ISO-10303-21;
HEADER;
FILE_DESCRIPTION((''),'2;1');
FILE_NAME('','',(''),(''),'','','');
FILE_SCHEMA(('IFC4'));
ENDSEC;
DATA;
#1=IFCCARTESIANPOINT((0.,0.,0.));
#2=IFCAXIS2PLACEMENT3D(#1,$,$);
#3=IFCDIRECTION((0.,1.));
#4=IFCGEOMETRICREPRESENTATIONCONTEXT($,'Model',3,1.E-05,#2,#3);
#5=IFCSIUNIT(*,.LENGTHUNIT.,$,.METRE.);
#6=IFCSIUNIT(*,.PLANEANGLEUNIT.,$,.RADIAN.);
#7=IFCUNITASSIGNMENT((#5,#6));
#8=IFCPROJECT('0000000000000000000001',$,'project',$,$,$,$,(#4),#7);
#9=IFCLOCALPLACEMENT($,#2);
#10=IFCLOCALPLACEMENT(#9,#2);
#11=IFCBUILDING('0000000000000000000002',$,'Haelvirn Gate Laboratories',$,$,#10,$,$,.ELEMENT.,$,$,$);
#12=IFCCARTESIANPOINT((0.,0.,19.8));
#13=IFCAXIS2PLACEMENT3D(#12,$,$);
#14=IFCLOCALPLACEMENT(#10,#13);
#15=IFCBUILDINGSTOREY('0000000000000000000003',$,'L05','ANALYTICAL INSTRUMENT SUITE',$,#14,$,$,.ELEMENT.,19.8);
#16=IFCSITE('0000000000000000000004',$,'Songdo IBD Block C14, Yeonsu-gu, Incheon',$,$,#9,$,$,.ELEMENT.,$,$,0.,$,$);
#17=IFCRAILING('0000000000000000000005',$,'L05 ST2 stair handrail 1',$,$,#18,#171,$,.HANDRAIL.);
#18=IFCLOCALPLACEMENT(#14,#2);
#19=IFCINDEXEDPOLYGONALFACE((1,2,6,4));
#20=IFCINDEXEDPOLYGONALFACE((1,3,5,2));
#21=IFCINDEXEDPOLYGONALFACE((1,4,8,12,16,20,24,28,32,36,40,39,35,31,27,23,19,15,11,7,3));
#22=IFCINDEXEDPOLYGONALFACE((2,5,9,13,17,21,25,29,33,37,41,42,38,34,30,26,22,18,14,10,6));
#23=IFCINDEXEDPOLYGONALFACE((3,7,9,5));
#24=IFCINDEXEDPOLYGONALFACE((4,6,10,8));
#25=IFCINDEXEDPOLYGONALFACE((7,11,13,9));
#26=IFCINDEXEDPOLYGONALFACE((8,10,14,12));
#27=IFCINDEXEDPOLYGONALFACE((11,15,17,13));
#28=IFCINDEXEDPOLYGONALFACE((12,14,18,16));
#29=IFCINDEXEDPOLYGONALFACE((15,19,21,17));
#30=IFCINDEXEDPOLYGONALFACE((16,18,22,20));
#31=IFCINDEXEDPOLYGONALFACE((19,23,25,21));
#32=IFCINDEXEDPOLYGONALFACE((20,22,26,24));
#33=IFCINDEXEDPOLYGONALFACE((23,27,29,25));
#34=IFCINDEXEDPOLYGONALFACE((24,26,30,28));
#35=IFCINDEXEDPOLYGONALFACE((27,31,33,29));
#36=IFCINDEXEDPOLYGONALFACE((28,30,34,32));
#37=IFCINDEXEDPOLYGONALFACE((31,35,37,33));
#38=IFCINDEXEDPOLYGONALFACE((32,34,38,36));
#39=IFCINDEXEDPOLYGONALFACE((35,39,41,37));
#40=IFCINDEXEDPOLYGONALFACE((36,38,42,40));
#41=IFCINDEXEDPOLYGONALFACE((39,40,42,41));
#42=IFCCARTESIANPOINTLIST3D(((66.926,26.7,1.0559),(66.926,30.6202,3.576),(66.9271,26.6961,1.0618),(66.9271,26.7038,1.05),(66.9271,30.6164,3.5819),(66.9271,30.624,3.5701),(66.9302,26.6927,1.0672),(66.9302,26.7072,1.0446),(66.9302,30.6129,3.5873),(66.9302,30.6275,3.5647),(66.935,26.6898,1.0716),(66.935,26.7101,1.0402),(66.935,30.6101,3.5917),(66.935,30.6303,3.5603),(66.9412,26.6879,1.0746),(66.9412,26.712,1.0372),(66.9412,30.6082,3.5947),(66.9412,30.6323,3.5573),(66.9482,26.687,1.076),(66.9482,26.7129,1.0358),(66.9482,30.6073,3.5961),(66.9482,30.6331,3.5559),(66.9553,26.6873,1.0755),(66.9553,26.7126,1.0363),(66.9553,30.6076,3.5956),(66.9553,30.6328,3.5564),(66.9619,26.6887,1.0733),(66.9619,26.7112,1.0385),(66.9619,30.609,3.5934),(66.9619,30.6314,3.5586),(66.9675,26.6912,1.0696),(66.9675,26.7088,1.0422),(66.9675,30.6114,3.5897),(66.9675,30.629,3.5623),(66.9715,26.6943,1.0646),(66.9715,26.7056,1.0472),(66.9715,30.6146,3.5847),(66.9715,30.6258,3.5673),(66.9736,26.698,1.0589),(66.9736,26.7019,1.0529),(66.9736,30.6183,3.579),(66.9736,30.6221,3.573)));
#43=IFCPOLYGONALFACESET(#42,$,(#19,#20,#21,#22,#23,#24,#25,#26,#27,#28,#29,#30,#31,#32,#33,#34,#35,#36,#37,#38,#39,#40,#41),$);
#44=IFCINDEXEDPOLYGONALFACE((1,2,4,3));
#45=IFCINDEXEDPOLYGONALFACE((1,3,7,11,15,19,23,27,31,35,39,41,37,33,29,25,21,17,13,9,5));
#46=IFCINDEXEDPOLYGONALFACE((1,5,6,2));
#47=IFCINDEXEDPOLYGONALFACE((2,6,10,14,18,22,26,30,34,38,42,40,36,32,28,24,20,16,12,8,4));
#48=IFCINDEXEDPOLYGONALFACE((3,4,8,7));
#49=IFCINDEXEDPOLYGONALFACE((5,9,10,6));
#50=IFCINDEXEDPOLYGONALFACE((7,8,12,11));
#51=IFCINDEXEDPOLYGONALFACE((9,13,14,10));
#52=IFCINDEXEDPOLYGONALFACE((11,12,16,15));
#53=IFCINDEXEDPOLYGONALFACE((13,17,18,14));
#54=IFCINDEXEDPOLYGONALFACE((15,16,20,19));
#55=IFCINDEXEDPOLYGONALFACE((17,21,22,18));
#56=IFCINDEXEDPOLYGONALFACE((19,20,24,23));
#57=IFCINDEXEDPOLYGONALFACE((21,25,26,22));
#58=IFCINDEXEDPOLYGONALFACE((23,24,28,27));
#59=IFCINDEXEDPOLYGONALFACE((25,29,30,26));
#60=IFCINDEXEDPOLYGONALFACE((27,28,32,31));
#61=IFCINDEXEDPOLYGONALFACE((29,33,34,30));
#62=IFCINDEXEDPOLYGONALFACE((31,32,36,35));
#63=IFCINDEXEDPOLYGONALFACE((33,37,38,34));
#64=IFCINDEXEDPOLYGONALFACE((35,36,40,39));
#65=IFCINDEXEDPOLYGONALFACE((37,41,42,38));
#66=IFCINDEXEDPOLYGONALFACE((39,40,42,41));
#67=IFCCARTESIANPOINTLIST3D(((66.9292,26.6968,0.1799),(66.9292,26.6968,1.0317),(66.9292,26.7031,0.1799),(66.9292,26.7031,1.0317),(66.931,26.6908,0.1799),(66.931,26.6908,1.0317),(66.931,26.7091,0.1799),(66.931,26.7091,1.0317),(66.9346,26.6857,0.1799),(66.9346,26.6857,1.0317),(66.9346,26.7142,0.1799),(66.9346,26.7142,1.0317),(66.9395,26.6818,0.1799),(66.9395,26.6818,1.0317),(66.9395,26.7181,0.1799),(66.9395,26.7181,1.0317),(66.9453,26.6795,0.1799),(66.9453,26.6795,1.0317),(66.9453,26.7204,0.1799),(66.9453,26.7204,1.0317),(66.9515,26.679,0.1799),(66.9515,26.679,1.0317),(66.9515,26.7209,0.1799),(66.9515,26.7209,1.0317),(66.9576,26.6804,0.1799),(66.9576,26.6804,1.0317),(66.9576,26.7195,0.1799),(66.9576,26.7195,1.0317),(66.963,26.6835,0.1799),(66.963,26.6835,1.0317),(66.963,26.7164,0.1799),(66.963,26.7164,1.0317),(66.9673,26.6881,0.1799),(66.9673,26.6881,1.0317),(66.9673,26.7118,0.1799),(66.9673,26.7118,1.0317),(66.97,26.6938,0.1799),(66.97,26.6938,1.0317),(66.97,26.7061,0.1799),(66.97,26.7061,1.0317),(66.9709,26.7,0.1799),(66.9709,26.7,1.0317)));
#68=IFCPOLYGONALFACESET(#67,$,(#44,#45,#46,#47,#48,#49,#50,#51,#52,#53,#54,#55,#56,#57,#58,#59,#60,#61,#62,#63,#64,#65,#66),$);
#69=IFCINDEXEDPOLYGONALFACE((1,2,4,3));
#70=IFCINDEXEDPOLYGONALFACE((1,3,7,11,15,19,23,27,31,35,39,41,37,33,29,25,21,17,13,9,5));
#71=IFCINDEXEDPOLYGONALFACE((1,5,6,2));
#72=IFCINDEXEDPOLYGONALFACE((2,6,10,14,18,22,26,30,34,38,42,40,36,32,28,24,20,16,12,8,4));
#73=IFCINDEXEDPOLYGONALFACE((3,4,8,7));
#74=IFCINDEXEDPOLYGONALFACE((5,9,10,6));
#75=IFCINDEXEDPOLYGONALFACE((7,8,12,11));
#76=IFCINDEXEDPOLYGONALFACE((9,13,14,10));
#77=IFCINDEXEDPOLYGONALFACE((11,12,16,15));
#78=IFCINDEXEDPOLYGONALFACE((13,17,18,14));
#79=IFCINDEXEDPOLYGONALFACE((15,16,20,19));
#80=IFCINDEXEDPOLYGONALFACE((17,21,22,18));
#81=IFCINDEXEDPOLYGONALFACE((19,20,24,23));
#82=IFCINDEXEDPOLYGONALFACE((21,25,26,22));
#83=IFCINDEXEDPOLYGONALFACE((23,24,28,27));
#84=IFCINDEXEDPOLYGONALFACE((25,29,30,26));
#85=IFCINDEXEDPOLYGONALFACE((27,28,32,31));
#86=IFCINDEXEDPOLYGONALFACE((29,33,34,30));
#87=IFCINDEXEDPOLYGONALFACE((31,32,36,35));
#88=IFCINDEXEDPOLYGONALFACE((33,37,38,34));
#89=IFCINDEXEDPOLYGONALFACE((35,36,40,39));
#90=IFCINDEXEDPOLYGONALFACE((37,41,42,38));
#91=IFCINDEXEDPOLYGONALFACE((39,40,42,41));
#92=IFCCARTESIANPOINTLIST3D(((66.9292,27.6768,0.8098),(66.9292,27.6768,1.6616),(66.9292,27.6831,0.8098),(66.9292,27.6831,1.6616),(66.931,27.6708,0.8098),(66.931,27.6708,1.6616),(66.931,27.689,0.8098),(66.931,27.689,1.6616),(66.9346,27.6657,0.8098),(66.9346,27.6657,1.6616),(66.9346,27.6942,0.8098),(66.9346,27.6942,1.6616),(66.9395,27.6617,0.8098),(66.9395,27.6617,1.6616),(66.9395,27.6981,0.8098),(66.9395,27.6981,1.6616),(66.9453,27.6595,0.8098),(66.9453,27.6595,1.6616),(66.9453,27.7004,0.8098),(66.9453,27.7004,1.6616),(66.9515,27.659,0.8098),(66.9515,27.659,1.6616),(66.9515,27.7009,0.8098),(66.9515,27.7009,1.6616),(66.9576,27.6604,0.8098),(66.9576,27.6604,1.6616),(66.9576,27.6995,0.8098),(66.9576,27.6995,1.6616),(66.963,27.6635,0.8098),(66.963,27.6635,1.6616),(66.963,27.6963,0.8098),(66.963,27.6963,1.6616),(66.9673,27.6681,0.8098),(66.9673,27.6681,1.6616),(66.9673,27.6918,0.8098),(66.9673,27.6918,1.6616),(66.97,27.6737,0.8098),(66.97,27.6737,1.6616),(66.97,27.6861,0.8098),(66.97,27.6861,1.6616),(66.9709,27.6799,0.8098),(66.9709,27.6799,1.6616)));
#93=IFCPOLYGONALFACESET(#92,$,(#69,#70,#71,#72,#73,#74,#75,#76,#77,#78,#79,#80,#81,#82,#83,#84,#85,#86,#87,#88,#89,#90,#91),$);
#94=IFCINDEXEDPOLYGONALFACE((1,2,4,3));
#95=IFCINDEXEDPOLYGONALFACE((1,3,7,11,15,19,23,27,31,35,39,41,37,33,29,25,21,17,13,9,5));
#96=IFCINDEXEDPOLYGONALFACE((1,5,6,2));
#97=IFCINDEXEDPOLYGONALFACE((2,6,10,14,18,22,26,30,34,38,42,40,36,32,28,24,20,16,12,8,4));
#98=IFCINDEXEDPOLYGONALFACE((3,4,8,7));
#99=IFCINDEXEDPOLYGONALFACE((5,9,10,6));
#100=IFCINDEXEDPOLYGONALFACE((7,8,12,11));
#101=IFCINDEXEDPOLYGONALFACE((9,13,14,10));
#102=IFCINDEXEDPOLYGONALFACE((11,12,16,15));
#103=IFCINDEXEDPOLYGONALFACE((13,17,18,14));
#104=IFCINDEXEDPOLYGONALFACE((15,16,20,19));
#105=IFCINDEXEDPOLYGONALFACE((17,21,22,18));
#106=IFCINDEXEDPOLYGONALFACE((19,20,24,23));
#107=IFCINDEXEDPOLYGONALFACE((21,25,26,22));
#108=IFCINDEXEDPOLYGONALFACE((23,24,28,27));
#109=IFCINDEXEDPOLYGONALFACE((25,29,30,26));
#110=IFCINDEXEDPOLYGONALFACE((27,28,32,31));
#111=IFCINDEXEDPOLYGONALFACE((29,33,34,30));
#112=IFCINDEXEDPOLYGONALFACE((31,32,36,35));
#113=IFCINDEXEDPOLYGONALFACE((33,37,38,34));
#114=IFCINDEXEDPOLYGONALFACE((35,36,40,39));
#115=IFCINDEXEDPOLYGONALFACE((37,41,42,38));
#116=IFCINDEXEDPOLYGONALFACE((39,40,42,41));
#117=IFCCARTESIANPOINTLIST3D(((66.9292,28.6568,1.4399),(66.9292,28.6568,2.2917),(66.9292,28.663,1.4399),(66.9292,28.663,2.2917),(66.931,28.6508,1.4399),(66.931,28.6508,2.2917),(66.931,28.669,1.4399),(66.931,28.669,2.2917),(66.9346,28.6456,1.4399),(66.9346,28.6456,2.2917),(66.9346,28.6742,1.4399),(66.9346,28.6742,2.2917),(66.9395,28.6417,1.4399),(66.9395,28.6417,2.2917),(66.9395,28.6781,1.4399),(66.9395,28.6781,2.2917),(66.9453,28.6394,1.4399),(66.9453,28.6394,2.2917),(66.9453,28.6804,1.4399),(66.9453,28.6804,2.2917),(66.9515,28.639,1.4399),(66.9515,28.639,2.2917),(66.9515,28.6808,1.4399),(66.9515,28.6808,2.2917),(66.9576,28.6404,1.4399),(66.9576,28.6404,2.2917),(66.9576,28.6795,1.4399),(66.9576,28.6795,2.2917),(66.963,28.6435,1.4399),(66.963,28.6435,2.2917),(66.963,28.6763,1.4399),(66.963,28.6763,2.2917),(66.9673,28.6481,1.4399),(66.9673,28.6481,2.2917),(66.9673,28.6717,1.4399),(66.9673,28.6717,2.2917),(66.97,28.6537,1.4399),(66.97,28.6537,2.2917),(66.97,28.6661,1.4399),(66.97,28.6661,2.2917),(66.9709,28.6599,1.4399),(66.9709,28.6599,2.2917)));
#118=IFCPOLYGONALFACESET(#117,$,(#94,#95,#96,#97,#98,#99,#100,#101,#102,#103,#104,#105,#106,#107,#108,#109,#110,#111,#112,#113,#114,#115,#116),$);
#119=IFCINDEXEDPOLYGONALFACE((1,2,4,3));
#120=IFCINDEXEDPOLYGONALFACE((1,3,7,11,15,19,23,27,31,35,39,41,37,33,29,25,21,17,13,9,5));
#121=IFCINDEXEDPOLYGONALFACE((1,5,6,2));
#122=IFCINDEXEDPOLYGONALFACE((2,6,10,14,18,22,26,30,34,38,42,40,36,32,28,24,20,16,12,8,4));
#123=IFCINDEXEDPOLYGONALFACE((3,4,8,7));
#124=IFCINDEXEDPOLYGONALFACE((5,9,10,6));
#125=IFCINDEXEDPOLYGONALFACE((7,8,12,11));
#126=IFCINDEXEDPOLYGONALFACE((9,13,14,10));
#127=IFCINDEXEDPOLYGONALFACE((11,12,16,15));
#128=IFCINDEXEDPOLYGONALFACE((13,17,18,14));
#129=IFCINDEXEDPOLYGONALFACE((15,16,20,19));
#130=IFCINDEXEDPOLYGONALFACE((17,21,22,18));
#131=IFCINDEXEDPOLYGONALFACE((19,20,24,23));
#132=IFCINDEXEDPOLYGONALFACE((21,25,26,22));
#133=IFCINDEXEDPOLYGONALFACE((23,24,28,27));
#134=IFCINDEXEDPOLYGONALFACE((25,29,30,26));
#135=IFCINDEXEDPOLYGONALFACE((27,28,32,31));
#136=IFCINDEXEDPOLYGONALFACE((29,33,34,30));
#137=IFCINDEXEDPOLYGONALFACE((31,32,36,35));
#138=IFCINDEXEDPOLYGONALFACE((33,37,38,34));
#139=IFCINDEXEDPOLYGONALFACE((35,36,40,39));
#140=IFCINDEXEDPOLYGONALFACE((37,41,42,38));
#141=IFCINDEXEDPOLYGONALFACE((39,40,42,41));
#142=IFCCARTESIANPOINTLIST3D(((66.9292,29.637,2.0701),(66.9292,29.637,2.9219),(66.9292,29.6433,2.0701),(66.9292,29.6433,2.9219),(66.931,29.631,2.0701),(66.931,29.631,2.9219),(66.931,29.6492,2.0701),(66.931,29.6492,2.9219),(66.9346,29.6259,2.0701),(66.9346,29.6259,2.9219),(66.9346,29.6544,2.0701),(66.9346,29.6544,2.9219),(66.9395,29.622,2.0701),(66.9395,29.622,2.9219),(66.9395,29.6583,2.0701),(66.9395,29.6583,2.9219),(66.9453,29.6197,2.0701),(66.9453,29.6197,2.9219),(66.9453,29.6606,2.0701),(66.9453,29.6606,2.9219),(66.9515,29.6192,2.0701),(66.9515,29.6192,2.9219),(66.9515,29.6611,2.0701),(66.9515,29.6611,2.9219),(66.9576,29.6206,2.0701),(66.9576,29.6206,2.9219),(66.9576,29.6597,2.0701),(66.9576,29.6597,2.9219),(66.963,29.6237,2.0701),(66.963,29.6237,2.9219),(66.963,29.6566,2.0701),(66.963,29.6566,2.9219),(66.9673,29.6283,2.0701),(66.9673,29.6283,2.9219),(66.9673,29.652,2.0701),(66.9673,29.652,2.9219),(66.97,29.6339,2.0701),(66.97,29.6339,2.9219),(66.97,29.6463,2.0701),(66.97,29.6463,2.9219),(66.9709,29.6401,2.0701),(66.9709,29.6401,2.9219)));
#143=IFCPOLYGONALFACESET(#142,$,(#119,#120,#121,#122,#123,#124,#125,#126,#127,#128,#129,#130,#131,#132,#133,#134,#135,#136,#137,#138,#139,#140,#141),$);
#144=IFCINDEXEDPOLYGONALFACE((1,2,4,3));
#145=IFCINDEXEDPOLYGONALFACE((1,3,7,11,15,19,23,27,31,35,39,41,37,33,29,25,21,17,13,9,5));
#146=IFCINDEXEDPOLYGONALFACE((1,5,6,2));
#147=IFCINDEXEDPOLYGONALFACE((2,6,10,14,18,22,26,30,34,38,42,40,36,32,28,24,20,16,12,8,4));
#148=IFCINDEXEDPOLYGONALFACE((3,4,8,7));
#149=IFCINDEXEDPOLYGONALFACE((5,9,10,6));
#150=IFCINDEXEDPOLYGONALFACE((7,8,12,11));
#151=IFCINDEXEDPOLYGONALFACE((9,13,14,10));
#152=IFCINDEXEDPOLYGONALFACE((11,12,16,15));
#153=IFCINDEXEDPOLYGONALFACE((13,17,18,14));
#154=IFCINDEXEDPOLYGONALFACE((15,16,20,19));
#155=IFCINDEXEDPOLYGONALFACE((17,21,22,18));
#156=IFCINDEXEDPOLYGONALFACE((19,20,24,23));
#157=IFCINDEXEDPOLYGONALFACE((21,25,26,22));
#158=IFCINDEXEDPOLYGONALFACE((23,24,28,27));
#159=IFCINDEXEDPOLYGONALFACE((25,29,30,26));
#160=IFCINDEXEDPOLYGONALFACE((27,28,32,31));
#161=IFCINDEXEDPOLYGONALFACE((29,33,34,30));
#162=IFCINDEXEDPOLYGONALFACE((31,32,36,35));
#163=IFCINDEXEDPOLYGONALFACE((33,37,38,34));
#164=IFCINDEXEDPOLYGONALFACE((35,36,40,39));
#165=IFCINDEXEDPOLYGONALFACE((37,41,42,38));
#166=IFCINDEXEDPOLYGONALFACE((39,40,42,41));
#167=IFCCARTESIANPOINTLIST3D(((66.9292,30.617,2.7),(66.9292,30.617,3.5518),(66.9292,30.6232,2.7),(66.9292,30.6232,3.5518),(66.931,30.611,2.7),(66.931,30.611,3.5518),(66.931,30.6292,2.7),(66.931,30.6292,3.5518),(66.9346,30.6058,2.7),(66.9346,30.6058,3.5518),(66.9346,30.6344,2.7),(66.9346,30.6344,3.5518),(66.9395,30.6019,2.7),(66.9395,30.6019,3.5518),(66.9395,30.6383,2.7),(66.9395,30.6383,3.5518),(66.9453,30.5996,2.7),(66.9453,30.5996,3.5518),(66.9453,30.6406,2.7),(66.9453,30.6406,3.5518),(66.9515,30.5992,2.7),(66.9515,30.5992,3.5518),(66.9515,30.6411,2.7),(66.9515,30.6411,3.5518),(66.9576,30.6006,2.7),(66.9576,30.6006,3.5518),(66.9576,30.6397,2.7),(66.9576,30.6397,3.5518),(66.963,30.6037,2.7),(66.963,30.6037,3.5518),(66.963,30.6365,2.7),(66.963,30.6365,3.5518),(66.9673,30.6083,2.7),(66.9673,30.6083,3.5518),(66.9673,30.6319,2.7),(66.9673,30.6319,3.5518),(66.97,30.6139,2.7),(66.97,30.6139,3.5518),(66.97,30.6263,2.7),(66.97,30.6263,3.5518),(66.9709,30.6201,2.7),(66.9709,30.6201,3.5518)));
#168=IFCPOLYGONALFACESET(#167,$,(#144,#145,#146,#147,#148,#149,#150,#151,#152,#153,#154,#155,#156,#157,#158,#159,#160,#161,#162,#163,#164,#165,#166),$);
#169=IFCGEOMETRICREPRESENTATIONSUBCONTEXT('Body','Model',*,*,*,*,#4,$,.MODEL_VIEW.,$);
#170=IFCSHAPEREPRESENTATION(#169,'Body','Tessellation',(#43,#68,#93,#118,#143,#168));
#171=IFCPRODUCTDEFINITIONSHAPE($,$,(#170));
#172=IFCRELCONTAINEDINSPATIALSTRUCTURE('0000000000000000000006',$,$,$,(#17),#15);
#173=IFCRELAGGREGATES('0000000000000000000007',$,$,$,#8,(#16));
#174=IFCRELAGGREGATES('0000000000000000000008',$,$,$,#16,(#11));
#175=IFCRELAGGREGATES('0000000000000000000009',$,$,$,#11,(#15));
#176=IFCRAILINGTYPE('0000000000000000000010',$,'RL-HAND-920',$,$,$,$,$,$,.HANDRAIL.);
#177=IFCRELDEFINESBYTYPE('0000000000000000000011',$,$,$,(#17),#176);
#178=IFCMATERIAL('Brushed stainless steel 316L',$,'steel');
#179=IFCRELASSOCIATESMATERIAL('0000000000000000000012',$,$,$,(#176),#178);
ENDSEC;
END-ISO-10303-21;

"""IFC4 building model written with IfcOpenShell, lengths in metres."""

from ifc_helpers import new_model, si_unit, direction, frame, origin, origin_2d, place, context, subcontext, project, spatial, circle, extrude, source, transform, mapped, material, type_object, element, save


model = new_model("IFC4")

# Units and contexts
model_context = context("Model", 3, precision=1e-05, world=origin(), true_north=direction((0.0, 1.0)))
body_context = subcontext(model_context, "Body", "Model", "MODEL_VIEW")
ifc_project = project(units=[si_unit("LENGTHUNIT", "METRE"), si_unit("PLANEANGLEUNIT", "RADIAN")], contexts=[model_context])

# Site, building, storey
site_placement = place(None, origin())
site = spatial("IfcSite", under=ifc_project, at=site_placement, Name="Songdo IBD Block C14, Yeonsu-gu, Incheon", CompositionType="ELEMENT", RefElevation=0.0)
building_placement = place(site_placement, origin())
building = spatial("IfcBuilding", under=site, at=building_placement, Name="Haelvirn Gate Laboratories", CompositionType="ELEMENT")
storey_placement = place(building_placement, frame((0.0, 0.0, 19.8)))
storey = spatial("IfcBuildingStorey", under=building, at=storey_placement, Name="L05", Description="ANALYTICAL INSTRUMENT SUITE", CompositionType="ELEMENT", Elevation=19.8)

# Railing
ifc_material_1 = material(Name="Brushed stainless steel 316L", Category="steel")
railing_type_1 = type_object("IfcRailingType", Name="RL-HAND-920", PredefinedType="HANDRAIL", material=ifc_material_1)
shared_shape_1 = source(origin(), body_context, "Body", "SweptSolid", [
    extrude(circle(Radius=0.0239, at=origin_2d()), frame((0.0, 0.0, 0.876), z_axis=(0.0, 0.841187, 0.540744), x_axis=(-1.0, 0.0, 0.0)), (0.0, 0.0, 1.0), 4.6604),
    extrude(circle(Radius=0.021, at=origin_2d()), origin(), (0.0, 0.0, 1.0), 0.8518),
    extrude(circle(Radius=0.021, at=origin_2d()), frame((0.0, 0.98, 0.6299)), (0.0, 0.0, 1.0), 0.8518),
    extrude(circle(Radius=0.021, at=origin_2d()), frame((0.0, 1.96, 1.26)), (0.0, 0.0, 1.0), 0.8518),
    extrude(circle(Radius=0.021, at=origin_2d()), frame((0.0, 2.9402, 1.8901)), (0.0, 0.0, 1.0), 0.8518),
    extrude(circle(Radius=0.021, at=origin_2d()), frame((0.0, 3.9202, 2.52)), (0.0, 0.0, 1.0), 0.8518),
])
railing_1_placement = place(storey_placement, frame((66.95, 26.7, 0.1799)))
element("IfcRailing", 1, at=railing_1_placement, inside=storey, type_object=railing_type_1, Name="L05 ST2 stair handrail 1", PredefinedType="HANDRAIL", context=body_context, shape_type="MappedRepresentation", body=[
    mapped(shared_shape_1, transform((0.0, 0.0, 0.0), scale=1.0)),
])

save(model, "model.ifc")
